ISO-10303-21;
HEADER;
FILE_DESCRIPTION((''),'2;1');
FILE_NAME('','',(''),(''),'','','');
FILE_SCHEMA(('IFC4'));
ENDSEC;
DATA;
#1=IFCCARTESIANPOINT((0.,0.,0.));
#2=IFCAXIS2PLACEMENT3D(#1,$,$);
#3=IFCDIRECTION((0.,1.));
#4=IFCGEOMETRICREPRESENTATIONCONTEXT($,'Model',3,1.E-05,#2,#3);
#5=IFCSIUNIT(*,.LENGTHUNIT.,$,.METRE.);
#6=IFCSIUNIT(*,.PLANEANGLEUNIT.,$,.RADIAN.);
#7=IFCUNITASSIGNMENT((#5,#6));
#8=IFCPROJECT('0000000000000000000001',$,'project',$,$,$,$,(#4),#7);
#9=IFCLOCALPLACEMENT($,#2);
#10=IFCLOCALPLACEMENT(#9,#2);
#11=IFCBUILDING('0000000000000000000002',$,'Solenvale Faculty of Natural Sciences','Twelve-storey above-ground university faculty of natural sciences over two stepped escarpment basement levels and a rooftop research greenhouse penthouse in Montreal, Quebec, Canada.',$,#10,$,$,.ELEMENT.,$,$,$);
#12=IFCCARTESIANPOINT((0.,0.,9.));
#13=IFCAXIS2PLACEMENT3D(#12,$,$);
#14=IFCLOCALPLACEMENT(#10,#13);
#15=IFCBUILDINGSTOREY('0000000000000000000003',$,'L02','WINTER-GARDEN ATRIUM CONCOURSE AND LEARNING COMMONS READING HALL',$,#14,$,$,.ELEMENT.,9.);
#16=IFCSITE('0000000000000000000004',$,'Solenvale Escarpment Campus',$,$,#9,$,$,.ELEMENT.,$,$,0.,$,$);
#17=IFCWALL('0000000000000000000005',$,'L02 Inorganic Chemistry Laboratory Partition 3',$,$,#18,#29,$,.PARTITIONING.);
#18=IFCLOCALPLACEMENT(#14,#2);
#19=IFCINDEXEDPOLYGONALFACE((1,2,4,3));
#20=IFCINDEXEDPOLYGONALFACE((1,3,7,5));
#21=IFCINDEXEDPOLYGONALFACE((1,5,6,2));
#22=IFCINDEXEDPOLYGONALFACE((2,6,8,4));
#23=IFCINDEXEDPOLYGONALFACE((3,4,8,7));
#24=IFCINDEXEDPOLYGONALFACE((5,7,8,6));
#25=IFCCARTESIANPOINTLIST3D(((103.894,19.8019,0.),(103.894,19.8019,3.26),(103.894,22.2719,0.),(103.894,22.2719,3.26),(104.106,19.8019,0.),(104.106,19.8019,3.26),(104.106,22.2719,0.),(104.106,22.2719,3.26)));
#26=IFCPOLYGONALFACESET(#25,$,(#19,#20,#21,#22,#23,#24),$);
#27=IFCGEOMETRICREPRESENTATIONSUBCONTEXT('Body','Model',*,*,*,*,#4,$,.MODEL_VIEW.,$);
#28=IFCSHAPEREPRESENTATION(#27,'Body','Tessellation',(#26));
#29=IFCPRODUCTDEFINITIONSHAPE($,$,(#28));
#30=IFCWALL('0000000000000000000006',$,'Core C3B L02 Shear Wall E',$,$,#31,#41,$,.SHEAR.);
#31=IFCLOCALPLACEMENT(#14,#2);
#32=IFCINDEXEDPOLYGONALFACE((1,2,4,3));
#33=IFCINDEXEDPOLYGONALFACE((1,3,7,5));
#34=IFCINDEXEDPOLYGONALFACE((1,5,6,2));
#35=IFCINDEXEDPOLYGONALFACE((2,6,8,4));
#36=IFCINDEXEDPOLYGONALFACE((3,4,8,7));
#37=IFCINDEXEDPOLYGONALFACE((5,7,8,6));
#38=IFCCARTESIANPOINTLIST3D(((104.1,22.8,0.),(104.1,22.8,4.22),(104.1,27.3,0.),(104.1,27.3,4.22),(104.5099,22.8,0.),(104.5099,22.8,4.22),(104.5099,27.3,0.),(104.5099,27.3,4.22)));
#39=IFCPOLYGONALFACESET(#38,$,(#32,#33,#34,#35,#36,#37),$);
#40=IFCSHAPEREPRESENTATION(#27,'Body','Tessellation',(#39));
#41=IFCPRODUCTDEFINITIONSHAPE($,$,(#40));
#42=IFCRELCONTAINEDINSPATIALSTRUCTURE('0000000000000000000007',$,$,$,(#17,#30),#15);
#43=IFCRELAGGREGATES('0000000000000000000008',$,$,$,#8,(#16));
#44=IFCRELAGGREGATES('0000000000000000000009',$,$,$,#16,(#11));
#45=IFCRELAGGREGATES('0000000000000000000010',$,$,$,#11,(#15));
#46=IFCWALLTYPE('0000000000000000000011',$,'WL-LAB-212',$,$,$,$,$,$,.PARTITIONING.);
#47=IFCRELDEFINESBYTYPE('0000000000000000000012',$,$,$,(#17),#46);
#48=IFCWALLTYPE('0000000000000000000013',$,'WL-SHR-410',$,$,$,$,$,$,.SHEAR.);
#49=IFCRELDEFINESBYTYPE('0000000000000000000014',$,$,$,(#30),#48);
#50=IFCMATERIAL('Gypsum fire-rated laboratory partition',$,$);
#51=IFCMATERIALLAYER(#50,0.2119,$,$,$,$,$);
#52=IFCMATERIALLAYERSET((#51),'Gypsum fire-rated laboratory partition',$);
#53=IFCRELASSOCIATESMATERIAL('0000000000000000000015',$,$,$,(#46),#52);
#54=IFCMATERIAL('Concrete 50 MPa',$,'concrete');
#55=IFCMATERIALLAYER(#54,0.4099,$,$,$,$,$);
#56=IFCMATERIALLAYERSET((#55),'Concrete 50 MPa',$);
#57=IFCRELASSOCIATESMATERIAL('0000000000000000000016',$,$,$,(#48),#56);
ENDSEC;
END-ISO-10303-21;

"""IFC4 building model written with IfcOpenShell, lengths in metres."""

from ifc_helpers import new_model, si_unit, direction, frame, frame_2d, origin, place, context, subcontext, project, spatial, rectangle, extrude, material, layer, layer_set, type_object, element, save


model = new_model("IFC4")

# Units and contexts
model_context = context("Model", 3, precision=1e-05, world=origin(), true_north=direction((0.0, 1.0)))
body_context = subcontext(model_context, "Body", "Model", "MODEL_VIEW")
ifc_project = project(units=[si_unit("LENGTHUNIT", "METRE"), si_unit("PLANEANGLEUNIT", "RADIAN")], contexts=[model_context])

# Site, building, storey
site_placement = place(None, origin())
site = spatial("IfcSite", under=ifc_project, at=site_placement, Name="Solenvale Escarpment Campus", CompositionType="ELEMENT", RefElevation=0.0)
building_placement = place(site_placement, origin())
building = spatial("IfcBuilding", under=site, at=building_placement, Name="Solenvale Faculty of Natural Sciences", Description="Twelve-storey above-ground university faculty of natural sciences over two stepped escarpment basement levels and a rooftop research greenhouse penthouse in Montreal, Quebec, Canada.", CompositionType="ELEMENT")
storey_placement = place(building_placement, frame((0.0, 0.0, 9.0)))
storey = spatial("IfcBuildingStorey", under=building, at=storey_placement, Name="L02", Description="WINTER-GARDEN ATRIUM CONCOURSE AND LEARNING COMMONS READING HALL", CompositionType="ELEMENT", Elevation=9.0)

# Shared definitions
ifc_material_1 = material(Name="Concrete 50 MPa", Category="concrete")

# Walls
ifc_material_2 = material(Name="Gypsum fire-rated laboratory partition")
ifc_layer_1 = layer(ifc_material_2, 0.2119)
ifc_layer_set_1 = layer_set([ifc_layer_1], Name="Gypsum fire-rated laboratory partition")
wall_type_1 = type_object("IfcWallType", Name="WL-LAB-212", PredefinedType="PARTITIONING", material=ifc_layer_set_1)
wall_1_placement = place(storey_placement, frame((104.0, 19.802, 0.0), z_axis=(0.0, 0.0, 1.0), x_axis=(0.0, 1.0, 0.0)))
element("IfcWall", 1, at=wall_1_placement, inside=storey, type_object=wall_type_1, Name="L02 Inorganic Chemistry Laboratory Partition 3", PredefinedType="PARTITIONING", context=body_context, shape_type="SweptSolid", body=[
    extrude(rectangle(XDim=2.47, YDim=0.2119, at=frame_2d((1.2349, 0.0))), origin(), (0.0, 0.0, 1.0), 3.26),
])
ifc_layer_2 = layer(ifc_material_1, 0.4099)
ifc_layer_set_2 = layer_set([ifc_layer_2], Name="Concrete 50 MPa")
wall_type_2 = type_object("IfcWallType", Name="WL-SHR-410", PredefinedType="SHEAR", material=ifc_layer_set_2)
wall_2_placement = place(storey_placement, frame((104.3049, 22.8, 0.0), z_axis=(0.0, 0.0, 1.0), x_axis=(0.0, 1.0, 0.0)))
element("IfcWall", 2, at=wall_2_placement, inside=storey, type_object=wall_type_2, Name="Core C3B L02 Shear Wall E", PredefinedType="SHEAR", context=body_context, shape_type="SweptSolid", body=[
    extrude(rectangle(XDim=4.5, YDim=0.4099, at=frame_2d((2.25, 0.0))), origin(), (0.0, 0.0, 1.0), 4.22),
])

save(model, "model.ifc")
